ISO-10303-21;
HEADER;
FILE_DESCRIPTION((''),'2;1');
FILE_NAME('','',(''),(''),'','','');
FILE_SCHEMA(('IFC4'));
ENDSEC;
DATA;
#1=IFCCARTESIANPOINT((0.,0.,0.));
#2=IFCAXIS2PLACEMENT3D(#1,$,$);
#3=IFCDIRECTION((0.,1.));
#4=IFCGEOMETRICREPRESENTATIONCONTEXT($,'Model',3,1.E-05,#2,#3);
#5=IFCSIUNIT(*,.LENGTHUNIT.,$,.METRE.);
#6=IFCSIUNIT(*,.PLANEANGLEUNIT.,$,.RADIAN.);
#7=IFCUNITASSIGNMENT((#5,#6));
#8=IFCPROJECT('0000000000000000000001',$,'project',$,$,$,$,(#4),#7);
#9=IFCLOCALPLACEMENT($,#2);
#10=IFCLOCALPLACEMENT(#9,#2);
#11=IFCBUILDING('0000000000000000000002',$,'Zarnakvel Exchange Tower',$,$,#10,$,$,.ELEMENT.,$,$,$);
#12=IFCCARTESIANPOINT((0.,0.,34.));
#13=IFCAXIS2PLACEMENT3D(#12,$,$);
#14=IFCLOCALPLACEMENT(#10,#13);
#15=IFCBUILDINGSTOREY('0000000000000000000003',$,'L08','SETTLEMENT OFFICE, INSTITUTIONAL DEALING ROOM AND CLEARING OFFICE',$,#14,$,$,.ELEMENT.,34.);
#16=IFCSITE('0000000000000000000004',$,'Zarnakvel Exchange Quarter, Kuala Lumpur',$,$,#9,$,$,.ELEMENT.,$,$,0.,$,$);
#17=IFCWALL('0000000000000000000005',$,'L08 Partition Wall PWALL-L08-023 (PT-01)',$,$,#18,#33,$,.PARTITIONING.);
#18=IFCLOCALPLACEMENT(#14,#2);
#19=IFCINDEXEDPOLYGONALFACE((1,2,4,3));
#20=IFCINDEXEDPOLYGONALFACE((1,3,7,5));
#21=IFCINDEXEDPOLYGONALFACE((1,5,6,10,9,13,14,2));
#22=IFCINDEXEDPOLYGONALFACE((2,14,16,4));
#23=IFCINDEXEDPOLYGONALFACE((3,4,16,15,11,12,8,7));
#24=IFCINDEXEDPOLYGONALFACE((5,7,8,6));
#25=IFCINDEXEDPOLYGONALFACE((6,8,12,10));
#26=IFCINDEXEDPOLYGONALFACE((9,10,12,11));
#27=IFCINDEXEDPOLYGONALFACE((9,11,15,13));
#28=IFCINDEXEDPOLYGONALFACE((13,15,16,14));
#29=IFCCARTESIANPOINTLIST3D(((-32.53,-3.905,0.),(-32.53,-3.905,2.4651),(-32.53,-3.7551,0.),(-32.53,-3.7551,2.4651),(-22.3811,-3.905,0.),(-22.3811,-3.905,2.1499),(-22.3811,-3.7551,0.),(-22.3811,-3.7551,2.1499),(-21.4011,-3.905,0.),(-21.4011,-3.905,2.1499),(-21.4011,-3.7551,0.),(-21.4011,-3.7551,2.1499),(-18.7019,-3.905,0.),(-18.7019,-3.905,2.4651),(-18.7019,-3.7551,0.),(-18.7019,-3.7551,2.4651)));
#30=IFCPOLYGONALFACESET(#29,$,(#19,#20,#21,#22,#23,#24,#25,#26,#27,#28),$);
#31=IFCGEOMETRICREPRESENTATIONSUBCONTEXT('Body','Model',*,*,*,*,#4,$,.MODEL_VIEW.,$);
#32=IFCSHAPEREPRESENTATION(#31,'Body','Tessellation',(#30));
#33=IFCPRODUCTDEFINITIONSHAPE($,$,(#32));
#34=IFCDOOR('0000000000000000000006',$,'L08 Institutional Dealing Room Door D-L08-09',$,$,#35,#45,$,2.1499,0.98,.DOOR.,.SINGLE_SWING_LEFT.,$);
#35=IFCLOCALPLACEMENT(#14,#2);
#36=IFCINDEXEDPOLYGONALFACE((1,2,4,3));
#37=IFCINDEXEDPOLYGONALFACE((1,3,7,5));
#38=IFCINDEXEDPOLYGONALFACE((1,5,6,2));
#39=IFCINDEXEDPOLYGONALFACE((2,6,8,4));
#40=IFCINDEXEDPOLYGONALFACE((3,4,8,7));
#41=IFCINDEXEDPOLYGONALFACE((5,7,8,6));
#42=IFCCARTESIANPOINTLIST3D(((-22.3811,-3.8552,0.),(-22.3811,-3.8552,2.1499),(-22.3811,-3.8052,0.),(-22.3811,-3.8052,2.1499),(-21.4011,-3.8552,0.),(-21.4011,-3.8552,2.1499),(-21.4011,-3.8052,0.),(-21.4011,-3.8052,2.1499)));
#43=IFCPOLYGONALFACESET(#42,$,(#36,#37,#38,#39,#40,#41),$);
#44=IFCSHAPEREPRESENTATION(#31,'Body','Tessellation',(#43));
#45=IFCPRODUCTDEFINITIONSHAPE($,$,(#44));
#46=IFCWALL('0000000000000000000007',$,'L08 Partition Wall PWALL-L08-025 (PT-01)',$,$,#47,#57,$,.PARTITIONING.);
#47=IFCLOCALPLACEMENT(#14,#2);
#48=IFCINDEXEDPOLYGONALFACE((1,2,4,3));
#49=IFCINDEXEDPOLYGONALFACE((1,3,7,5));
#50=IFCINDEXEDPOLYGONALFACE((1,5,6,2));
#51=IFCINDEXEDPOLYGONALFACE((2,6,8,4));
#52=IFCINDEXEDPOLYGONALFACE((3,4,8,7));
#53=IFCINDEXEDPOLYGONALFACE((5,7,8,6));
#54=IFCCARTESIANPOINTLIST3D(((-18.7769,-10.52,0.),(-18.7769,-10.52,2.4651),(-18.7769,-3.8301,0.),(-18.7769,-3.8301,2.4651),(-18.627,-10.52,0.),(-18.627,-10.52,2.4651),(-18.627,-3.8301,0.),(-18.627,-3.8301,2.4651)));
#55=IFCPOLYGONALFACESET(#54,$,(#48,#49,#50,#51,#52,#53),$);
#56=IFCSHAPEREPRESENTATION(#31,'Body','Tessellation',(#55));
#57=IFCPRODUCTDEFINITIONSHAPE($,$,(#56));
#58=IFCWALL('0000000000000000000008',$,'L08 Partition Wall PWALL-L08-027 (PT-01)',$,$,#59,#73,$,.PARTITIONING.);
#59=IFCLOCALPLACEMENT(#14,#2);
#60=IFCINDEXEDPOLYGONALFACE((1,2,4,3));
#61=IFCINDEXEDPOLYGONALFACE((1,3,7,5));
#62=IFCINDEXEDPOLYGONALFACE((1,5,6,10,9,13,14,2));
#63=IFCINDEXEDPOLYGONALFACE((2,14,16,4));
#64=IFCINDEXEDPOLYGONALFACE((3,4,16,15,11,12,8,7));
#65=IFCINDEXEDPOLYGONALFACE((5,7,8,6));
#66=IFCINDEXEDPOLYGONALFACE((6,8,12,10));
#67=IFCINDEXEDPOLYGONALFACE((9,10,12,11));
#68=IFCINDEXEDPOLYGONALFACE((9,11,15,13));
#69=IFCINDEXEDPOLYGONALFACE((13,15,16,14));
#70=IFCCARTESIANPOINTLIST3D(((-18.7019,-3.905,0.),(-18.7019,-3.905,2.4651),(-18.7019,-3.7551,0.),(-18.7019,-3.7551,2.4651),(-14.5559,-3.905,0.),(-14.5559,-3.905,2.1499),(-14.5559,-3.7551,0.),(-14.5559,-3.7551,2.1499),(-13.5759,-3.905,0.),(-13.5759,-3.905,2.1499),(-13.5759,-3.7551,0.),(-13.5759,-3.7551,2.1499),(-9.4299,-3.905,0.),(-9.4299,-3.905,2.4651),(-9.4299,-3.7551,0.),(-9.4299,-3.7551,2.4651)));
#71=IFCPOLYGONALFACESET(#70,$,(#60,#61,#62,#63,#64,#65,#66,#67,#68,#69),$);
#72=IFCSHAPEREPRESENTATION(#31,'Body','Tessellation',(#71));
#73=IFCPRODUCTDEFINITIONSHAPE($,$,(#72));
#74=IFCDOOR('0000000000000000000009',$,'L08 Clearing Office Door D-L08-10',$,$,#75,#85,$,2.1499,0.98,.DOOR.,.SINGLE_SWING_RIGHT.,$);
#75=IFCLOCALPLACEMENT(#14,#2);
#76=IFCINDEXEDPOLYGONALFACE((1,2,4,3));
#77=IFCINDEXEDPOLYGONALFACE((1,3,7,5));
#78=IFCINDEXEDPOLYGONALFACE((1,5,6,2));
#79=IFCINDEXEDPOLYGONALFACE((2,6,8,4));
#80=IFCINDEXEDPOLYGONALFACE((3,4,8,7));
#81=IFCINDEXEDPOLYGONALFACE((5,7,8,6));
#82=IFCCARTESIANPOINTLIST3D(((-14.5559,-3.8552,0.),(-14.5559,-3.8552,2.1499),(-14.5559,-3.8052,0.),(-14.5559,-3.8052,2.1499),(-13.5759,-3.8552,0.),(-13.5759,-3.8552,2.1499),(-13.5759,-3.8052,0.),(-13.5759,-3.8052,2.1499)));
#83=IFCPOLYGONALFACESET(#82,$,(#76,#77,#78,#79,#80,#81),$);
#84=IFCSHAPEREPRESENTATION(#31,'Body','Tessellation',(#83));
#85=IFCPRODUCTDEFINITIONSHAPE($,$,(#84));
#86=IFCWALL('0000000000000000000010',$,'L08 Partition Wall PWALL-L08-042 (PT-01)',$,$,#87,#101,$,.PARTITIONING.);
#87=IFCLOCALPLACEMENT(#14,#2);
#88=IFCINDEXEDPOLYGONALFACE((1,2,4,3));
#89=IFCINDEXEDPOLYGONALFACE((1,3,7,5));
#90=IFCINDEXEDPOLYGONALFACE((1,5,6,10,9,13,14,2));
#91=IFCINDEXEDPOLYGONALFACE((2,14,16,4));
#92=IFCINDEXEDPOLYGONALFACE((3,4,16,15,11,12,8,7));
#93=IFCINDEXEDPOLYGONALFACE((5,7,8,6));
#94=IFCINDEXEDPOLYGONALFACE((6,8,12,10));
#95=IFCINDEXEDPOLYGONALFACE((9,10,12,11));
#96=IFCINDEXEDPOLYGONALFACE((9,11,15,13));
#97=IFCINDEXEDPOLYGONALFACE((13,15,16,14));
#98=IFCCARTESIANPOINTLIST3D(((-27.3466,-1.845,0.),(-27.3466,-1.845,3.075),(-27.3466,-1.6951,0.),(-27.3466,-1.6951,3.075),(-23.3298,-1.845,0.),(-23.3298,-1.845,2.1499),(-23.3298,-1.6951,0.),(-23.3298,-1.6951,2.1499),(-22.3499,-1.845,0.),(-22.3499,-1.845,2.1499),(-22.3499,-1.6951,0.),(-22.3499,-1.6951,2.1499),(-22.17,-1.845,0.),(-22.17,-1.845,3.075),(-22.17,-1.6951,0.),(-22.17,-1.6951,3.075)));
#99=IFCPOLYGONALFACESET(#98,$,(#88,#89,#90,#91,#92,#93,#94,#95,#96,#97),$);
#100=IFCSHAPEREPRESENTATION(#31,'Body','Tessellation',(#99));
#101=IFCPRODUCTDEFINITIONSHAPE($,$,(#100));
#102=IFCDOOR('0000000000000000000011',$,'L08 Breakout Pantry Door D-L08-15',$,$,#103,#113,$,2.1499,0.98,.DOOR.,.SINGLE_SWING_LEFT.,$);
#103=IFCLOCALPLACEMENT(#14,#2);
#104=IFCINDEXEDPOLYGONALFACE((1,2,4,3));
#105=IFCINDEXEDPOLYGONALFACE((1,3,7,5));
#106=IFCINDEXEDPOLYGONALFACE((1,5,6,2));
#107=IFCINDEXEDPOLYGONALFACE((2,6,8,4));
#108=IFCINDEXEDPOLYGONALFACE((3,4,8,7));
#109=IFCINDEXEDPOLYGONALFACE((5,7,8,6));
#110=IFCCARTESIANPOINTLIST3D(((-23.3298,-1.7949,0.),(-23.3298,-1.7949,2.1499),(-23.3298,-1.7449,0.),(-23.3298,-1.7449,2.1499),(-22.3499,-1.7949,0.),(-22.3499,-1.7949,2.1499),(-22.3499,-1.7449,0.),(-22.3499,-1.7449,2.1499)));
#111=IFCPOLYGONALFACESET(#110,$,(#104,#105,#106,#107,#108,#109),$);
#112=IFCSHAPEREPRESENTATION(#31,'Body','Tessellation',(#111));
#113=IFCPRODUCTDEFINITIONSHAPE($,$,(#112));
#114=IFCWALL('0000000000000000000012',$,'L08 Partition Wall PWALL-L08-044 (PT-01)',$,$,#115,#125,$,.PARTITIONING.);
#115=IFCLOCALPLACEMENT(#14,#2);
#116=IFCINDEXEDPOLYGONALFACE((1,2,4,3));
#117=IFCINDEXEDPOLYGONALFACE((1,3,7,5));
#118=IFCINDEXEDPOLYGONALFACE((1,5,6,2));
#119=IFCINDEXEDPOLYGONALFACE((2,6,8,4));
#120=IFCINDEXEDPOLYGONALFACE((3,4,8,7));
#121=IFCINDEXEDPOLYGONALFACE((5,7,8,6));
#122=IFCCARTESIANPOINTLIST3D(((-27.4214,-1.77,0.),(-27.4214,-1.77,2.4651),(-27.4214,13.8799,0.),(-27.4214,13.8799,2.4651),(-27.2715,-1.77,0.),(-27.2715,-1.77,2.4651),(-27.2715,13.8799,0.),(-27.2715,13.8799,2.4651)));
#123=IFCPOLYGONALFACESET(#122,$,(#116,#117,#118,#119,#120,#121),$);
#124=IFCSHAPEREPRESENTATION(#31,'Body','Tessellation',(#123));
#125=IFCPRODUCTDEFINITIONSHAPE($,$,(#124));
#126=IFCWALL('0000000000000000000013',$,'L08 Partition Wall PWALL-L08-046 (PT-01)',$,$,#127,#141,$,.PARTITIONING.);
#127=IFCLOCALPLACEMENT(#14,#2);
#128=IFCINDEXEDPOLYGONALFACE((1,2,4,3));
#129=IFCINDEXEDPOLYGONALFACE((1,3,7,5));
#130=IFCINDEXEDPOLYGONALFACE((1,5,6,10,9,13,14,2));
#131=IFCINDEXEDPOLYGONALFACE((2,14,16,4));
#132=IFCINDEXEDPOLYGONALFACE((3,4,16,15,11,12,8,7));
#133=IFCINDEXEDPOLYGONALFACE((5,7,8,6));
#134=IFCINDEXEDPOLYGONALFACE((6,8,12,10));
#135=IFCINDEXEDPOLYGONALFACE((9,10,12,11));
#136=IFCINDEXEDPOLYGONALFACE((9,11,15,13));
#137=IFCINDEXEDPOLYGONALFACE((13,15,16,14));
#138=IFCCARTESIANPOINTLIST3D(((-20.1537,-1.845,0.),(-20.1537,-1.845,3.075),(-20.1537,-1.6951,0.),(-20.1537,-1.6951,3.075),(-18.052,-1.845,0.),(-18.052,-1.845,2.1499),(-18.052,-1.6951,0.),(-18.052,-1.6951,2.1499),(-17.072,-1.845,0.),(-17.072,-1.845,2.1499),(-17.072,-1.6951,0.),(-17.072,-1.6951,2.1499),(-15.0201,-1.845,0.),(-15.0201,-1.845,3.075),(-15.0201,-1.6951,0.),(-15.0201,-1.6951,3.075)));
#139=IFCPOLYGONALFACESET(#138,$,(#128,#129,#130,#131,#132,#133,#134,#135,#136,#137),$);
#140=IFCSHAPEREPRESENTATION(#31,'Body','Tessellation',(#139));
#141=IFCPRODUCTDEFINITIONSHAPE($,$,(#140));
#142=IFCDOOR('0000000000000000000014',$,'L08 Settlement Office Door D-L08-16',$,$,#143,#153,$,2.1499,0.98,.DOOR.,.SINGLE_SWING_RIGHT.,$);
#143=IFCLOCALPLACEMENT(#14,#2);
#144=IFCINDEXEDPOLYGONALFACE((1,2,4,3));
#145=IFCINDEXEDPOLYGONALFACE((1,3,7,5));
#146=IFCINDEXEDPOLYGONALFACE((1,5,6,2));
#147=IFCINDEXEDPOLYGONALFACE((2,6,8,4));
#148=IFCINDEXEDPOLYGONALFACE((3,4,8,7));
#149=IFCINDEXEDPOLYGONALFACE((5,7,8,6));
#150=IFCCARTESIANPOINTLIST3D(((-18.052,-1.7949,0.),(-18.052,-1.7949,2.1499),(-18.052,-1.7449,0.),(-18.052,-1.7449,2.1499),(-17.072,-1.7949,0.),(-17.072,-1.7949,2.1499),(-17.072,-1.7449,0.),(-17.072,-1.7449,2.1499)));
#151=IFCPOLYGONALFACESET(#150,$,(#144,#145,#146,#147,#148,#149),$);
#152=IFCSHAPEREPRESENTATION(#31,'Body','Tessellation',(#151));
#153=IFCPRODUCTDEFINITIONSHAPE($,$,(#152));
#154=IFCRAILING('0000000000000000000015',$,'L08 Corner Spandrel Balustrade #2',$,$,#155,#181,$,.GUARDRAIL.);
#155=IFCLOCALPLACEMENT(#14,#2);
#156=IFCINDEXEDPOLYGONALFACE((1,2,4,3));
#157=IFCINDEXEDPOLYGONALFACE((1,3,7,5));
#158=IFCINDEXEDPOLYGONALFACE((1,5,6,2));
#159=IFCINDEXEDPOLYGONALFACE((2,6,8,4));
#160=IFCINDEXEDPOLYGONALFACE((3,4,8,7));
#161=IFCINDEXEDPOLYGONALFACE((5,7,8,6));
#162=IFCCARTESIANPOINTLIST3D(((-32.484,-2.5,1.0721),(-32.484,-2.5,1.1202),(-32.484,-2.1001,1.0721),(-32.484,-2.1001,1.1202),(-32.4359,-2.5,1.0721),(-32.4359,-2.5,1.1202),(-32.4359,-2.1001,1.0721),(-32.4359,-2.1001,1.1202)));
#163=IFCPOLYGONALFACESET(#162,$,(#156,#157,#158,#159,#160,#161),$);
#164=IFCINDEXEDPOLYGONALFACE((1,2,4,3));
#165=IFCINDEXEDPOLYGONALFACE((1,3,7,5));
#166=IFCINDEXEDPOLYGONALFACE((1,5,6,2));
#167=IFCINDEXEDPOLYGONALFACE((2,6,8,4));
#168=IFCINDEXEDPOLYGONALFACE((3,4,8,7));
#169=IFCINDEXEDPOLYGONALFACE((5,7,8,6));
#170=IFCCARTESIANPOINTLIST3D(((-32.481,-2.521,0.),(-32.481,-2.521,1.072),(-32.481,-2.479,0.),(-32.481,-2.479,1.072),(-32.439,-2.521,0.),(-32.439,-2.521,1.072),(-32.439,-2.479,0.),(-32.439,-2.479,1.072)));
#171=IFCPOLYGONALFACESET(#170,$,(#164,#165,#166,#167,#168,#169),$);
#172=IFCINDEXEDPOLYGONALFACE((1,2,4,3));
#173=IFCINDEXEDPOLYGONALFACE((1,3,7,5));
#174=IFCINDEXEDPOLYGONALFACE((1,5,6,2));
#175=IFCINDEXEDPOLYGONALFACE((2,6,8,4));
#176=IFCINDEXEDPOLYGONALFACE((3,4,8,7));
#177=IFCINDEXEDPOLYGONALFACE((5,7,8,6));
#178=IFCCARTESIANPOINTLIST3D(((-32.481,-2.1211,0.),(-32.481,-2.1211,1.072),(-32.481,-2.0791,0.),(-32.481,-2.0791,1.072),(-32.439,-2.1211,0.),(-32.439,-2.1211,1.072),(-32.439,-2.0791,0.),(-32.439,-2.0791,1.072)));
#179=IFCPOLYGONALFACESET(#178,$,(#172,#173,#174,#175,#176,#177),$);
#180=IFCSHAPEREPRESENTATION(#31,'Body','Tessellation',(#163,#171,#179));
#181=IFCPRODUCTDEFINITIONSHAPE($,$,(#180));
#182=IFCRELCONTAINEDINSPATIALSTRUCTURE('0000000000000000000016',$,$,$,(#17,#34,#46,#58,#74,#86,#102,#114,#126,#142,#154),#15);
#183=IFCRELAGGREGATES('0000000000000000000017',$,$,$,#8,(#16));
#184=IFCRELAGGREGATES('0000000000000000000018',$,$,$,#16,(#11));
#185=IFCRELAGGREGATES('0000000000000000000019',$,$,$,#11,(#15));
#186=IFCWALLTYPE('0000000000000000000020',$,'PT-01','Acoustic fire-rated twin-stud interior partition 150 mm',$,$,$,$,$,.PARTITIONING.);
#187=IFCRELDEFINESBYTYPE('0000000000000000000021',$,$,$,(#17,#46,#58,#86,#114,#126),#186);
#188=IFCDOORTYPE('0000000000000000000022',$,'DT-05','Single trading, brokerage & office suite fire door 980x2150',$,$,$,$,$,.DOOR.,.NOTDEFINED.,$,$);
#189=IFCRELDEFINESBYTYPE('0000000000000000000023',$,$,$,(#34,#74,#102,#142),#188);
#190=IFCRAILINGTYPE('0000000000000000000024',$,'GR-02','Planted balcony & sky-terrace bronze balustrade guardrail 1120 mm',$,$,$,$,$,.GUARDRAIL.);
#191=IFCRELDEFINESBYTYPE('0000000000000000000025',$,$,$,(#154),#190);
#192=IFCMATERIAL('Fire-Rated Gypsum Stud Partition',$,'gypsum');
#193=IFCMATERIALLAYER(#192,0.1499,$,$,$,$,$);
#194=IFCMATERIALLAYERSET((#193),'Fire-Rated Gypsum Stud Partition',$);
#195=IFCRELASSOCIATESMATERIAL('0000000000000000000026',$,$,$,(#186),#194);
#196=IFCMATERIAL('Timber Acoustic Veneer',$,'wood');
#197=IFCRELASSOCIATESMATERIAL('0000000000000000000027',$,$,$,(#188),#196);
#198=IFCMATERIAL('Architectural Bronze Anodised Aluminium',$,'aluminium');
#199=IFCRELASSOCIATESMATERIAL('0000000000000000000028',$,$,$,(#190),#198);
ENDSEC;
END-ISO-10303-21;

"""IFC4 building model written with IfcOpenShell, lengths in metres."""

from ifc_helpers import new_model, si_unit, direction, frame, frame_2d, origin, origin_2d, place, context, subcontext, project, spatial, rectangle, extrude, source, transform, mapped, material, layer, layer_set, type_object, element, fill, save


model = new_model("IFC4")

# Units and contexts
model_context = context("Model", 3, precision=1e-05, world=origin(), true_north=direction((0.0, 1.0)))
body_context = subcontext(model_context, "Body", "Model", "MODEL_VIEW")
ifc_project = project(units=[si_unit("LENGTHUNIT", "METRE"), si_unit("PLANEANGLEUNIT", "RADIAN")], contexts=[model_context])

# Site, building, storey
site_placement = place(None, origin())
site = spatial("IfcSite", under=ifc_project, at=site_placement, Name="Zarnakvel Exchange Quarter, Kuala Lumpur", CompositionType="ELEMENT", RefElevation=0.0)
building_placement = place(site_placement, origin())
building = spatial("IfcBuilding", under=site, at=building_placement, Name="Zarnakvel Exchange Tower", CompositionType="ELEMENT")
storey_placement = place(building_placement, frame((0.0, 0.0, 34.0)))
storey = spatial("IfcBuildingStorey", under=building, at=storey_placement, Name="L08", Description="SETTLEMENT OFFICE, INSTITUTIONAL DEALING ROOM AND CLEARING OFFICE", CompositionType="ELEMENT", Elevation=34.0)

# Shared definitions
ifc_material_1 = material(Name="Architectural Bronze Anodised Aluminium", Category="aluminium")

# Wall, opening, door
ifc_material_2 = material(Name="Fire-Rated Gypsum Stud Partition", Category="gypsum")
ifc_layer_1 = layer(ifc_material_2, 0.1499)
ifc_layer_set_1 = layer_set([ifc_layer_1], Name="Fire-Rated Gypsum Stud Partition")
wall_type_1 = type_object("IfcWallType", Name="PT-01", Description="Acoustic fire-rated twin-stud interior partition 150 mm", PredefinedType="PARTITIONING", material=ifc_layer_set_1)
wall_1_placement = place(storey_placement, frame((-32.53, -3.8301, 0.0), z_axis=(0.0, 0.0, 1.0), x_axis=(1.0, 0.0, 0.0)))
wall_1 = element("IfcWall", 1, at=wall_1_placement, inside=storey, type_object=wall_type_1, Name="L08 Partition Wall PWALL-L08-023 (PT-01)", PredefinedType="PARTITIONING", context=body_context, shape_type="SweptSolid", body=[
    extrude(rectangle(XDim=13.8281, YDim=0.1499, at=frame_2d((6.9141, 0.0))), origin(), (0.0, 0.0, 1.0), 2.4651),
])
opening_1_placement = place(wall_1_placement, frame((10.1489, 0.0, 0.0)))
opening_1 = element("IfcOpeningElement", 2, at=opening_1_placement, cuts=wall_1, PredefinedType="OPENING", context=body_context, shape_type="SweptSolid", body=[
    extrude(rectangle(XDim=0.98, YDim=2.1499, at=frame_2d((0.49, 1.075))), frame((0.0, 0.085, 0.0), z_axis=(0.0, -1.0, 0.0), x_axis=(1.0, 0.0, 0.0)), (0.0, 0.0, 1.0), 0.1699),
])
ifc_material_3 = material(Name="Timber Acoustic Veneer", Category="wood")
door_type = type_object("IfcDoorType", Name="DT-05", Description="Single trading, brokerage & office suite fire door 980x2150", OperationType="NOTDEFINED", PredefinedType="DOOR", material=ifc_material_3)
shared_shape_1 = source(origin(), body_context, "Body", "SweptSolid", [
    extrude(rectangle(XDim=0.98, YDim=2.1499, at=frame_2d((0.49, 1.075))), frame((0.0, 0.0249, 0.0), z_axis=(0.0, -1.0, 0.0), x_axis=(1.0, 0.0, 0.0)), (0.0, 0.0, 1.0), 0.05),
])
door_1_placement = place(opening_1_placement, origin())
door_1 = element("IfcDoor", 3, at=door_1_placement, inside=storey, type_object=door_type, Name="L08 Institutional Dealing Room Door D-L08-09", OperationType="SINGLE_SWING_LEFT", OverallHeight=2.1499, OverallWidth=0.98, PredefinedType="DOOR", context=body_context, shape_type="MappedRepresentation", body=[
    mapped(shared_shape_1, transform((0.0, 0.0, 0.0), x_axis=(1.0, 0.0, 0.0), y_axis=(0.0, 1.0, 0.0), z_axis=(0.0, 0.0, 1.0), scale=1.0)),
])
fill(opening_1, door_1)

# Wall
wall_2_placement = place(storey_placement, frame((-18.7019, -3.8301, 0.0), z_axis=(0.0, 0.0, 1.0), x_axis=(0.0, -1.0, 0.0)))
element("IfcWall", 4, at=wall_2_placement, inside=storey, type_object=wall_type_1, Name="L08 Partition Wall PWALL-L08-025 (PT-01)", PredefinedType="PARTITIONING", context=body_context, shape_type="SweptSolid", body=[
    extrude(rectangle(XDim=6.6899, YDim=0.1499, at=frame_2d((3.345, 0.0))), origin(), (0.0, 0.0, 1.0), 2.4651),
])

# Walls, openings, doors
wall_3_placement = place(storey_placement, frame((-18.7019, -3.8301, 0.0), z_axis=(0.0, 0.0, 1.0), x_axis=(1.0, 0.0, 0.0)))
wall_3 = element("IfcWall", 5, at=wall_3_placement, inside=storey, type_object=wall_type_1, Name="L08 Partition Wall PWALL-L08-027 (PT-01)", PredefinedType="PARTITIONING", context=body_context, shape_type="SweptSolid", body=[
    extrude(rectangle(XDim=9.272, YDim=0.1499, at=frame_2d((4.636, 0.0))), origin(), (0.0, 0.0, 1.0), 2.4651),
])
opening_2_placement = place(wall_3_placement, frame((4.146, 0.0, 0.0)))
opening_2 = element("IfcOpeningElement", 6, at=opening_2_placement, cuts=wall_3, PredefinedType="OPENING", context=body_context, shape_type="SweptSolid", body=[
    extrude(rectangle(XDim=0.98, YDim=2.1499, at=frame_2d((0.49, 1.075))), frame((0.0, 0.085, 0.0), z_axis=(0.0, -1.0, 0.0), x_axis=(1.0, 0.0, 0.0)), (0.0, 0.0, 1.0), 0.1699),
])
door_2_placement = place(opening_2_placement, origin())
door_2 = element("IfcDoor", 7, at=door_2_placement, inside=storey, type_object=door_type, Name="L08 Clearing Office Door D-L08-10", OperationType="SINGLE_SWING_RIGHT", OverallHeight=2.1499, OverallWidth=0.98, PredefinedType="DOOR", context=body_context, shape_type="MappedRepresentation", body=[
    mapped(shared_shape_1, transform((0.0, 0.0, 0.0), x_axis=(1.0, 0.0, 0.0), y_axis=(0.0, 1.0, 0.0), z_axis=(0.0, 0.0, 1.0), scale=1.0)),
])
fill(opening_2, door_2)
wall_4_placement = place(storey_placement, frame((-22.1699, -1.77, 0.0), z_axis=(0.0, 0.0, 1.0), x_axis=(-1.0, 0.0, 0.0)))
wall_4 = element("IfcWall", 8, at=wall_4_placement, inside=storey, type_object=wall_type_1, Name="L08 Partition Wall PWALL-L08-042 (PT-01)", PredefinedType="PARTITIONING", context=body_context, shape_type="SweptSolid", body=[
    extrude(rectangle(XDim=5.1765, YDim=0.1499, at=frame_2d((2.5884, 0.0))), origin(), (0.0, 0.0, 1.0), 3.075),
])
opening_3_placement = place(wall_4_placement, frame((0.1799, 0.0, 0.0)))
opening_3 = element("IfcOpeningElement", 9, at=opening_3_placement, cuts=wall_4, PredefinedType="OPENING", context=body_context, shape_type="SweptSolid", body=[
    extrude(rectangle(XDim=0.98, YDim=2.1499, at=frame_2d((0.49, 1.075))), frame((0.0, 0.085, 0.0), z_axis=(0.0, -1.0, 0.0), x_axis=(1.0, 0.0, 0.0)), (0.0, 0.0, 1.0), 0.1699),
])
door_3_placement = place(opening_3_placement, origin())
door_3 = element("IfcDoor", 10, at=door_3_placement, inside=storey, type_object=door_type, Name="L08 Breakout Pantry Door D-L08-15", OperationType="SINGLE_SWING_LEFT", OverallHeight=2.1499, OverallWidth=0.98, PredefinedType="DOOR", context=body_context, shape_type="MappedRepresentation", body=[
    mapped(shared_shape_1, transform((0.0, 0.0, 0.0), x_axis=(1.0, 0.0, 0.0), y_axis=(0.0, 1.0, 0.0), z_axis=(0.0, 0.0, 1.0), scale=1.0)),
])
fill(opening_3, door_3)

# Wall
wall_5_placement = place(storey_placement, frame((-27.3464, -1.77, 0.0), z_axis=(0.0, 0.0, 1.0), x_axis=(0.0, 1.0, 0.0)))
element("IfcWall", 11, at=wall_5_placement, inside=storey, type_object=wall_type_1, Name="L08 Partition Wall PWALL-L08-044 (PT-01)", PredefinedType="PARTITIONING", context=body_context, shape_type="SweptSolid", body=[
    extrude(rectangle(XDim=15.6499, YDim=0.1499, at=frame_2d((7.825, 0.0))), origin(), (0.0, 0.0, 1.0), 2.4651),
])

# Wall, opening, door
wall_6_placement = place(storey_placement, frame((-15.02, -1.77, 0.0), z_axis=(0.0, 0.0, 1.0), x_axis=(-1.0, 0.0, 0.0)))
wall_6 = element("IfcWall", 12, at=wall_6_placement, inside=storey, type_object=wall_type_1, Name="L08 Partition Wall PWALL-L08-046 (PT-01)", PredefinedType="PARTITIONING", context=body_context, shape_type="SweptSolid", body=[
    extrude(rectangle(XDim=5.1335, YDim=0.1499, at=frame_2d((2.5669, 0.0))), origin(), (0.0, 0.0, 1.0), 3.075),
])
opening_4_placement = place(wall_6_placement, frame((2.052, 0.0, 0.0)))
opening_4 = element("IfcOpeningElement", 13, at=opening_4_placement, cuts=wall_6, PredefinedType="OPENING", context=body_context, shape_type="SweptSolid", body=[
    extrude(rectangle(XDim=0.98, YDim=2.1499, at=frame_2d((0.49, 1.075))), frame((0.0, 0.085, 0.0), z_axis=(0.0, -1.0, 0.0), x_axis=(1.0, 0.0, 0.0)), (0.0, 0.0, 1.0), 0.1699),
])
door_4_placement = place(opening_4_placement, origin())
door_4 = element("IfcDoor", 14, at=door_4_placement, inside=storey, type_object=door_type, Name="L08 Settlement Office Door D-L08-16", OperationType="SINGLE_SWING_RIGHT", OverallHeight=2.1499, OverallWidth=0.98, PredefinedType="DOOR", context=body_context, shape_type="MappedRepresentation", body=[
    mapped(shared_shape_1, transform((0.0, 0.0, 0.0), x_axis=(1.0, 0.0, 0.0), y_axis=(0.0, 1.0, 0.0), z_axis=(0.0, 0.0, 1.0), scale=1.0)),
])
fill(opening_4, door_4)

# Railing
railing_type = type_object("IfcRailingType", Name="GR-02", Description="Planted balcony & sky-terrace bronze balustrade guardrail 1120 mm", PredefinedType="GUARDRAIL", material=ifc_material_1)
railing_placement = place(storey_placement, frame((-32.46, -2.5, 0.0)))
element("IfcRailing", 15, at=railing_placement, inside=storey, type_object=railing_type, Name="L08 Corner Spandrel Balustrade #2", PredefinedType="GUARDRAIL", context=body_context, shape_type="SweptSolid", body=[
    extrude(rectangle(XDim=0.0481, YDim=0.0481, at=origin_2d()), frame((0.0, 0.0, 1.0962), z_axis=(0.0, 1.0, 0.0), x_axis=(-1.0, 0.0, 0.0)), (0.0, 0.0, 1.0), 0.3999),
    extrude(rectangle(XDim=0.042, YDim=0.042, at=origin_2d()), origin(), (0.0, 0.0, 1.0), 1.072),
    extrude(rectangle(XDim=0.042, YDim=0.042, at=origin_2d()), frame((0.0, 0.3999, 0.0)), (0.0, 0.0, 1.0), 1.072),
])

save(model, "model.ifc")
